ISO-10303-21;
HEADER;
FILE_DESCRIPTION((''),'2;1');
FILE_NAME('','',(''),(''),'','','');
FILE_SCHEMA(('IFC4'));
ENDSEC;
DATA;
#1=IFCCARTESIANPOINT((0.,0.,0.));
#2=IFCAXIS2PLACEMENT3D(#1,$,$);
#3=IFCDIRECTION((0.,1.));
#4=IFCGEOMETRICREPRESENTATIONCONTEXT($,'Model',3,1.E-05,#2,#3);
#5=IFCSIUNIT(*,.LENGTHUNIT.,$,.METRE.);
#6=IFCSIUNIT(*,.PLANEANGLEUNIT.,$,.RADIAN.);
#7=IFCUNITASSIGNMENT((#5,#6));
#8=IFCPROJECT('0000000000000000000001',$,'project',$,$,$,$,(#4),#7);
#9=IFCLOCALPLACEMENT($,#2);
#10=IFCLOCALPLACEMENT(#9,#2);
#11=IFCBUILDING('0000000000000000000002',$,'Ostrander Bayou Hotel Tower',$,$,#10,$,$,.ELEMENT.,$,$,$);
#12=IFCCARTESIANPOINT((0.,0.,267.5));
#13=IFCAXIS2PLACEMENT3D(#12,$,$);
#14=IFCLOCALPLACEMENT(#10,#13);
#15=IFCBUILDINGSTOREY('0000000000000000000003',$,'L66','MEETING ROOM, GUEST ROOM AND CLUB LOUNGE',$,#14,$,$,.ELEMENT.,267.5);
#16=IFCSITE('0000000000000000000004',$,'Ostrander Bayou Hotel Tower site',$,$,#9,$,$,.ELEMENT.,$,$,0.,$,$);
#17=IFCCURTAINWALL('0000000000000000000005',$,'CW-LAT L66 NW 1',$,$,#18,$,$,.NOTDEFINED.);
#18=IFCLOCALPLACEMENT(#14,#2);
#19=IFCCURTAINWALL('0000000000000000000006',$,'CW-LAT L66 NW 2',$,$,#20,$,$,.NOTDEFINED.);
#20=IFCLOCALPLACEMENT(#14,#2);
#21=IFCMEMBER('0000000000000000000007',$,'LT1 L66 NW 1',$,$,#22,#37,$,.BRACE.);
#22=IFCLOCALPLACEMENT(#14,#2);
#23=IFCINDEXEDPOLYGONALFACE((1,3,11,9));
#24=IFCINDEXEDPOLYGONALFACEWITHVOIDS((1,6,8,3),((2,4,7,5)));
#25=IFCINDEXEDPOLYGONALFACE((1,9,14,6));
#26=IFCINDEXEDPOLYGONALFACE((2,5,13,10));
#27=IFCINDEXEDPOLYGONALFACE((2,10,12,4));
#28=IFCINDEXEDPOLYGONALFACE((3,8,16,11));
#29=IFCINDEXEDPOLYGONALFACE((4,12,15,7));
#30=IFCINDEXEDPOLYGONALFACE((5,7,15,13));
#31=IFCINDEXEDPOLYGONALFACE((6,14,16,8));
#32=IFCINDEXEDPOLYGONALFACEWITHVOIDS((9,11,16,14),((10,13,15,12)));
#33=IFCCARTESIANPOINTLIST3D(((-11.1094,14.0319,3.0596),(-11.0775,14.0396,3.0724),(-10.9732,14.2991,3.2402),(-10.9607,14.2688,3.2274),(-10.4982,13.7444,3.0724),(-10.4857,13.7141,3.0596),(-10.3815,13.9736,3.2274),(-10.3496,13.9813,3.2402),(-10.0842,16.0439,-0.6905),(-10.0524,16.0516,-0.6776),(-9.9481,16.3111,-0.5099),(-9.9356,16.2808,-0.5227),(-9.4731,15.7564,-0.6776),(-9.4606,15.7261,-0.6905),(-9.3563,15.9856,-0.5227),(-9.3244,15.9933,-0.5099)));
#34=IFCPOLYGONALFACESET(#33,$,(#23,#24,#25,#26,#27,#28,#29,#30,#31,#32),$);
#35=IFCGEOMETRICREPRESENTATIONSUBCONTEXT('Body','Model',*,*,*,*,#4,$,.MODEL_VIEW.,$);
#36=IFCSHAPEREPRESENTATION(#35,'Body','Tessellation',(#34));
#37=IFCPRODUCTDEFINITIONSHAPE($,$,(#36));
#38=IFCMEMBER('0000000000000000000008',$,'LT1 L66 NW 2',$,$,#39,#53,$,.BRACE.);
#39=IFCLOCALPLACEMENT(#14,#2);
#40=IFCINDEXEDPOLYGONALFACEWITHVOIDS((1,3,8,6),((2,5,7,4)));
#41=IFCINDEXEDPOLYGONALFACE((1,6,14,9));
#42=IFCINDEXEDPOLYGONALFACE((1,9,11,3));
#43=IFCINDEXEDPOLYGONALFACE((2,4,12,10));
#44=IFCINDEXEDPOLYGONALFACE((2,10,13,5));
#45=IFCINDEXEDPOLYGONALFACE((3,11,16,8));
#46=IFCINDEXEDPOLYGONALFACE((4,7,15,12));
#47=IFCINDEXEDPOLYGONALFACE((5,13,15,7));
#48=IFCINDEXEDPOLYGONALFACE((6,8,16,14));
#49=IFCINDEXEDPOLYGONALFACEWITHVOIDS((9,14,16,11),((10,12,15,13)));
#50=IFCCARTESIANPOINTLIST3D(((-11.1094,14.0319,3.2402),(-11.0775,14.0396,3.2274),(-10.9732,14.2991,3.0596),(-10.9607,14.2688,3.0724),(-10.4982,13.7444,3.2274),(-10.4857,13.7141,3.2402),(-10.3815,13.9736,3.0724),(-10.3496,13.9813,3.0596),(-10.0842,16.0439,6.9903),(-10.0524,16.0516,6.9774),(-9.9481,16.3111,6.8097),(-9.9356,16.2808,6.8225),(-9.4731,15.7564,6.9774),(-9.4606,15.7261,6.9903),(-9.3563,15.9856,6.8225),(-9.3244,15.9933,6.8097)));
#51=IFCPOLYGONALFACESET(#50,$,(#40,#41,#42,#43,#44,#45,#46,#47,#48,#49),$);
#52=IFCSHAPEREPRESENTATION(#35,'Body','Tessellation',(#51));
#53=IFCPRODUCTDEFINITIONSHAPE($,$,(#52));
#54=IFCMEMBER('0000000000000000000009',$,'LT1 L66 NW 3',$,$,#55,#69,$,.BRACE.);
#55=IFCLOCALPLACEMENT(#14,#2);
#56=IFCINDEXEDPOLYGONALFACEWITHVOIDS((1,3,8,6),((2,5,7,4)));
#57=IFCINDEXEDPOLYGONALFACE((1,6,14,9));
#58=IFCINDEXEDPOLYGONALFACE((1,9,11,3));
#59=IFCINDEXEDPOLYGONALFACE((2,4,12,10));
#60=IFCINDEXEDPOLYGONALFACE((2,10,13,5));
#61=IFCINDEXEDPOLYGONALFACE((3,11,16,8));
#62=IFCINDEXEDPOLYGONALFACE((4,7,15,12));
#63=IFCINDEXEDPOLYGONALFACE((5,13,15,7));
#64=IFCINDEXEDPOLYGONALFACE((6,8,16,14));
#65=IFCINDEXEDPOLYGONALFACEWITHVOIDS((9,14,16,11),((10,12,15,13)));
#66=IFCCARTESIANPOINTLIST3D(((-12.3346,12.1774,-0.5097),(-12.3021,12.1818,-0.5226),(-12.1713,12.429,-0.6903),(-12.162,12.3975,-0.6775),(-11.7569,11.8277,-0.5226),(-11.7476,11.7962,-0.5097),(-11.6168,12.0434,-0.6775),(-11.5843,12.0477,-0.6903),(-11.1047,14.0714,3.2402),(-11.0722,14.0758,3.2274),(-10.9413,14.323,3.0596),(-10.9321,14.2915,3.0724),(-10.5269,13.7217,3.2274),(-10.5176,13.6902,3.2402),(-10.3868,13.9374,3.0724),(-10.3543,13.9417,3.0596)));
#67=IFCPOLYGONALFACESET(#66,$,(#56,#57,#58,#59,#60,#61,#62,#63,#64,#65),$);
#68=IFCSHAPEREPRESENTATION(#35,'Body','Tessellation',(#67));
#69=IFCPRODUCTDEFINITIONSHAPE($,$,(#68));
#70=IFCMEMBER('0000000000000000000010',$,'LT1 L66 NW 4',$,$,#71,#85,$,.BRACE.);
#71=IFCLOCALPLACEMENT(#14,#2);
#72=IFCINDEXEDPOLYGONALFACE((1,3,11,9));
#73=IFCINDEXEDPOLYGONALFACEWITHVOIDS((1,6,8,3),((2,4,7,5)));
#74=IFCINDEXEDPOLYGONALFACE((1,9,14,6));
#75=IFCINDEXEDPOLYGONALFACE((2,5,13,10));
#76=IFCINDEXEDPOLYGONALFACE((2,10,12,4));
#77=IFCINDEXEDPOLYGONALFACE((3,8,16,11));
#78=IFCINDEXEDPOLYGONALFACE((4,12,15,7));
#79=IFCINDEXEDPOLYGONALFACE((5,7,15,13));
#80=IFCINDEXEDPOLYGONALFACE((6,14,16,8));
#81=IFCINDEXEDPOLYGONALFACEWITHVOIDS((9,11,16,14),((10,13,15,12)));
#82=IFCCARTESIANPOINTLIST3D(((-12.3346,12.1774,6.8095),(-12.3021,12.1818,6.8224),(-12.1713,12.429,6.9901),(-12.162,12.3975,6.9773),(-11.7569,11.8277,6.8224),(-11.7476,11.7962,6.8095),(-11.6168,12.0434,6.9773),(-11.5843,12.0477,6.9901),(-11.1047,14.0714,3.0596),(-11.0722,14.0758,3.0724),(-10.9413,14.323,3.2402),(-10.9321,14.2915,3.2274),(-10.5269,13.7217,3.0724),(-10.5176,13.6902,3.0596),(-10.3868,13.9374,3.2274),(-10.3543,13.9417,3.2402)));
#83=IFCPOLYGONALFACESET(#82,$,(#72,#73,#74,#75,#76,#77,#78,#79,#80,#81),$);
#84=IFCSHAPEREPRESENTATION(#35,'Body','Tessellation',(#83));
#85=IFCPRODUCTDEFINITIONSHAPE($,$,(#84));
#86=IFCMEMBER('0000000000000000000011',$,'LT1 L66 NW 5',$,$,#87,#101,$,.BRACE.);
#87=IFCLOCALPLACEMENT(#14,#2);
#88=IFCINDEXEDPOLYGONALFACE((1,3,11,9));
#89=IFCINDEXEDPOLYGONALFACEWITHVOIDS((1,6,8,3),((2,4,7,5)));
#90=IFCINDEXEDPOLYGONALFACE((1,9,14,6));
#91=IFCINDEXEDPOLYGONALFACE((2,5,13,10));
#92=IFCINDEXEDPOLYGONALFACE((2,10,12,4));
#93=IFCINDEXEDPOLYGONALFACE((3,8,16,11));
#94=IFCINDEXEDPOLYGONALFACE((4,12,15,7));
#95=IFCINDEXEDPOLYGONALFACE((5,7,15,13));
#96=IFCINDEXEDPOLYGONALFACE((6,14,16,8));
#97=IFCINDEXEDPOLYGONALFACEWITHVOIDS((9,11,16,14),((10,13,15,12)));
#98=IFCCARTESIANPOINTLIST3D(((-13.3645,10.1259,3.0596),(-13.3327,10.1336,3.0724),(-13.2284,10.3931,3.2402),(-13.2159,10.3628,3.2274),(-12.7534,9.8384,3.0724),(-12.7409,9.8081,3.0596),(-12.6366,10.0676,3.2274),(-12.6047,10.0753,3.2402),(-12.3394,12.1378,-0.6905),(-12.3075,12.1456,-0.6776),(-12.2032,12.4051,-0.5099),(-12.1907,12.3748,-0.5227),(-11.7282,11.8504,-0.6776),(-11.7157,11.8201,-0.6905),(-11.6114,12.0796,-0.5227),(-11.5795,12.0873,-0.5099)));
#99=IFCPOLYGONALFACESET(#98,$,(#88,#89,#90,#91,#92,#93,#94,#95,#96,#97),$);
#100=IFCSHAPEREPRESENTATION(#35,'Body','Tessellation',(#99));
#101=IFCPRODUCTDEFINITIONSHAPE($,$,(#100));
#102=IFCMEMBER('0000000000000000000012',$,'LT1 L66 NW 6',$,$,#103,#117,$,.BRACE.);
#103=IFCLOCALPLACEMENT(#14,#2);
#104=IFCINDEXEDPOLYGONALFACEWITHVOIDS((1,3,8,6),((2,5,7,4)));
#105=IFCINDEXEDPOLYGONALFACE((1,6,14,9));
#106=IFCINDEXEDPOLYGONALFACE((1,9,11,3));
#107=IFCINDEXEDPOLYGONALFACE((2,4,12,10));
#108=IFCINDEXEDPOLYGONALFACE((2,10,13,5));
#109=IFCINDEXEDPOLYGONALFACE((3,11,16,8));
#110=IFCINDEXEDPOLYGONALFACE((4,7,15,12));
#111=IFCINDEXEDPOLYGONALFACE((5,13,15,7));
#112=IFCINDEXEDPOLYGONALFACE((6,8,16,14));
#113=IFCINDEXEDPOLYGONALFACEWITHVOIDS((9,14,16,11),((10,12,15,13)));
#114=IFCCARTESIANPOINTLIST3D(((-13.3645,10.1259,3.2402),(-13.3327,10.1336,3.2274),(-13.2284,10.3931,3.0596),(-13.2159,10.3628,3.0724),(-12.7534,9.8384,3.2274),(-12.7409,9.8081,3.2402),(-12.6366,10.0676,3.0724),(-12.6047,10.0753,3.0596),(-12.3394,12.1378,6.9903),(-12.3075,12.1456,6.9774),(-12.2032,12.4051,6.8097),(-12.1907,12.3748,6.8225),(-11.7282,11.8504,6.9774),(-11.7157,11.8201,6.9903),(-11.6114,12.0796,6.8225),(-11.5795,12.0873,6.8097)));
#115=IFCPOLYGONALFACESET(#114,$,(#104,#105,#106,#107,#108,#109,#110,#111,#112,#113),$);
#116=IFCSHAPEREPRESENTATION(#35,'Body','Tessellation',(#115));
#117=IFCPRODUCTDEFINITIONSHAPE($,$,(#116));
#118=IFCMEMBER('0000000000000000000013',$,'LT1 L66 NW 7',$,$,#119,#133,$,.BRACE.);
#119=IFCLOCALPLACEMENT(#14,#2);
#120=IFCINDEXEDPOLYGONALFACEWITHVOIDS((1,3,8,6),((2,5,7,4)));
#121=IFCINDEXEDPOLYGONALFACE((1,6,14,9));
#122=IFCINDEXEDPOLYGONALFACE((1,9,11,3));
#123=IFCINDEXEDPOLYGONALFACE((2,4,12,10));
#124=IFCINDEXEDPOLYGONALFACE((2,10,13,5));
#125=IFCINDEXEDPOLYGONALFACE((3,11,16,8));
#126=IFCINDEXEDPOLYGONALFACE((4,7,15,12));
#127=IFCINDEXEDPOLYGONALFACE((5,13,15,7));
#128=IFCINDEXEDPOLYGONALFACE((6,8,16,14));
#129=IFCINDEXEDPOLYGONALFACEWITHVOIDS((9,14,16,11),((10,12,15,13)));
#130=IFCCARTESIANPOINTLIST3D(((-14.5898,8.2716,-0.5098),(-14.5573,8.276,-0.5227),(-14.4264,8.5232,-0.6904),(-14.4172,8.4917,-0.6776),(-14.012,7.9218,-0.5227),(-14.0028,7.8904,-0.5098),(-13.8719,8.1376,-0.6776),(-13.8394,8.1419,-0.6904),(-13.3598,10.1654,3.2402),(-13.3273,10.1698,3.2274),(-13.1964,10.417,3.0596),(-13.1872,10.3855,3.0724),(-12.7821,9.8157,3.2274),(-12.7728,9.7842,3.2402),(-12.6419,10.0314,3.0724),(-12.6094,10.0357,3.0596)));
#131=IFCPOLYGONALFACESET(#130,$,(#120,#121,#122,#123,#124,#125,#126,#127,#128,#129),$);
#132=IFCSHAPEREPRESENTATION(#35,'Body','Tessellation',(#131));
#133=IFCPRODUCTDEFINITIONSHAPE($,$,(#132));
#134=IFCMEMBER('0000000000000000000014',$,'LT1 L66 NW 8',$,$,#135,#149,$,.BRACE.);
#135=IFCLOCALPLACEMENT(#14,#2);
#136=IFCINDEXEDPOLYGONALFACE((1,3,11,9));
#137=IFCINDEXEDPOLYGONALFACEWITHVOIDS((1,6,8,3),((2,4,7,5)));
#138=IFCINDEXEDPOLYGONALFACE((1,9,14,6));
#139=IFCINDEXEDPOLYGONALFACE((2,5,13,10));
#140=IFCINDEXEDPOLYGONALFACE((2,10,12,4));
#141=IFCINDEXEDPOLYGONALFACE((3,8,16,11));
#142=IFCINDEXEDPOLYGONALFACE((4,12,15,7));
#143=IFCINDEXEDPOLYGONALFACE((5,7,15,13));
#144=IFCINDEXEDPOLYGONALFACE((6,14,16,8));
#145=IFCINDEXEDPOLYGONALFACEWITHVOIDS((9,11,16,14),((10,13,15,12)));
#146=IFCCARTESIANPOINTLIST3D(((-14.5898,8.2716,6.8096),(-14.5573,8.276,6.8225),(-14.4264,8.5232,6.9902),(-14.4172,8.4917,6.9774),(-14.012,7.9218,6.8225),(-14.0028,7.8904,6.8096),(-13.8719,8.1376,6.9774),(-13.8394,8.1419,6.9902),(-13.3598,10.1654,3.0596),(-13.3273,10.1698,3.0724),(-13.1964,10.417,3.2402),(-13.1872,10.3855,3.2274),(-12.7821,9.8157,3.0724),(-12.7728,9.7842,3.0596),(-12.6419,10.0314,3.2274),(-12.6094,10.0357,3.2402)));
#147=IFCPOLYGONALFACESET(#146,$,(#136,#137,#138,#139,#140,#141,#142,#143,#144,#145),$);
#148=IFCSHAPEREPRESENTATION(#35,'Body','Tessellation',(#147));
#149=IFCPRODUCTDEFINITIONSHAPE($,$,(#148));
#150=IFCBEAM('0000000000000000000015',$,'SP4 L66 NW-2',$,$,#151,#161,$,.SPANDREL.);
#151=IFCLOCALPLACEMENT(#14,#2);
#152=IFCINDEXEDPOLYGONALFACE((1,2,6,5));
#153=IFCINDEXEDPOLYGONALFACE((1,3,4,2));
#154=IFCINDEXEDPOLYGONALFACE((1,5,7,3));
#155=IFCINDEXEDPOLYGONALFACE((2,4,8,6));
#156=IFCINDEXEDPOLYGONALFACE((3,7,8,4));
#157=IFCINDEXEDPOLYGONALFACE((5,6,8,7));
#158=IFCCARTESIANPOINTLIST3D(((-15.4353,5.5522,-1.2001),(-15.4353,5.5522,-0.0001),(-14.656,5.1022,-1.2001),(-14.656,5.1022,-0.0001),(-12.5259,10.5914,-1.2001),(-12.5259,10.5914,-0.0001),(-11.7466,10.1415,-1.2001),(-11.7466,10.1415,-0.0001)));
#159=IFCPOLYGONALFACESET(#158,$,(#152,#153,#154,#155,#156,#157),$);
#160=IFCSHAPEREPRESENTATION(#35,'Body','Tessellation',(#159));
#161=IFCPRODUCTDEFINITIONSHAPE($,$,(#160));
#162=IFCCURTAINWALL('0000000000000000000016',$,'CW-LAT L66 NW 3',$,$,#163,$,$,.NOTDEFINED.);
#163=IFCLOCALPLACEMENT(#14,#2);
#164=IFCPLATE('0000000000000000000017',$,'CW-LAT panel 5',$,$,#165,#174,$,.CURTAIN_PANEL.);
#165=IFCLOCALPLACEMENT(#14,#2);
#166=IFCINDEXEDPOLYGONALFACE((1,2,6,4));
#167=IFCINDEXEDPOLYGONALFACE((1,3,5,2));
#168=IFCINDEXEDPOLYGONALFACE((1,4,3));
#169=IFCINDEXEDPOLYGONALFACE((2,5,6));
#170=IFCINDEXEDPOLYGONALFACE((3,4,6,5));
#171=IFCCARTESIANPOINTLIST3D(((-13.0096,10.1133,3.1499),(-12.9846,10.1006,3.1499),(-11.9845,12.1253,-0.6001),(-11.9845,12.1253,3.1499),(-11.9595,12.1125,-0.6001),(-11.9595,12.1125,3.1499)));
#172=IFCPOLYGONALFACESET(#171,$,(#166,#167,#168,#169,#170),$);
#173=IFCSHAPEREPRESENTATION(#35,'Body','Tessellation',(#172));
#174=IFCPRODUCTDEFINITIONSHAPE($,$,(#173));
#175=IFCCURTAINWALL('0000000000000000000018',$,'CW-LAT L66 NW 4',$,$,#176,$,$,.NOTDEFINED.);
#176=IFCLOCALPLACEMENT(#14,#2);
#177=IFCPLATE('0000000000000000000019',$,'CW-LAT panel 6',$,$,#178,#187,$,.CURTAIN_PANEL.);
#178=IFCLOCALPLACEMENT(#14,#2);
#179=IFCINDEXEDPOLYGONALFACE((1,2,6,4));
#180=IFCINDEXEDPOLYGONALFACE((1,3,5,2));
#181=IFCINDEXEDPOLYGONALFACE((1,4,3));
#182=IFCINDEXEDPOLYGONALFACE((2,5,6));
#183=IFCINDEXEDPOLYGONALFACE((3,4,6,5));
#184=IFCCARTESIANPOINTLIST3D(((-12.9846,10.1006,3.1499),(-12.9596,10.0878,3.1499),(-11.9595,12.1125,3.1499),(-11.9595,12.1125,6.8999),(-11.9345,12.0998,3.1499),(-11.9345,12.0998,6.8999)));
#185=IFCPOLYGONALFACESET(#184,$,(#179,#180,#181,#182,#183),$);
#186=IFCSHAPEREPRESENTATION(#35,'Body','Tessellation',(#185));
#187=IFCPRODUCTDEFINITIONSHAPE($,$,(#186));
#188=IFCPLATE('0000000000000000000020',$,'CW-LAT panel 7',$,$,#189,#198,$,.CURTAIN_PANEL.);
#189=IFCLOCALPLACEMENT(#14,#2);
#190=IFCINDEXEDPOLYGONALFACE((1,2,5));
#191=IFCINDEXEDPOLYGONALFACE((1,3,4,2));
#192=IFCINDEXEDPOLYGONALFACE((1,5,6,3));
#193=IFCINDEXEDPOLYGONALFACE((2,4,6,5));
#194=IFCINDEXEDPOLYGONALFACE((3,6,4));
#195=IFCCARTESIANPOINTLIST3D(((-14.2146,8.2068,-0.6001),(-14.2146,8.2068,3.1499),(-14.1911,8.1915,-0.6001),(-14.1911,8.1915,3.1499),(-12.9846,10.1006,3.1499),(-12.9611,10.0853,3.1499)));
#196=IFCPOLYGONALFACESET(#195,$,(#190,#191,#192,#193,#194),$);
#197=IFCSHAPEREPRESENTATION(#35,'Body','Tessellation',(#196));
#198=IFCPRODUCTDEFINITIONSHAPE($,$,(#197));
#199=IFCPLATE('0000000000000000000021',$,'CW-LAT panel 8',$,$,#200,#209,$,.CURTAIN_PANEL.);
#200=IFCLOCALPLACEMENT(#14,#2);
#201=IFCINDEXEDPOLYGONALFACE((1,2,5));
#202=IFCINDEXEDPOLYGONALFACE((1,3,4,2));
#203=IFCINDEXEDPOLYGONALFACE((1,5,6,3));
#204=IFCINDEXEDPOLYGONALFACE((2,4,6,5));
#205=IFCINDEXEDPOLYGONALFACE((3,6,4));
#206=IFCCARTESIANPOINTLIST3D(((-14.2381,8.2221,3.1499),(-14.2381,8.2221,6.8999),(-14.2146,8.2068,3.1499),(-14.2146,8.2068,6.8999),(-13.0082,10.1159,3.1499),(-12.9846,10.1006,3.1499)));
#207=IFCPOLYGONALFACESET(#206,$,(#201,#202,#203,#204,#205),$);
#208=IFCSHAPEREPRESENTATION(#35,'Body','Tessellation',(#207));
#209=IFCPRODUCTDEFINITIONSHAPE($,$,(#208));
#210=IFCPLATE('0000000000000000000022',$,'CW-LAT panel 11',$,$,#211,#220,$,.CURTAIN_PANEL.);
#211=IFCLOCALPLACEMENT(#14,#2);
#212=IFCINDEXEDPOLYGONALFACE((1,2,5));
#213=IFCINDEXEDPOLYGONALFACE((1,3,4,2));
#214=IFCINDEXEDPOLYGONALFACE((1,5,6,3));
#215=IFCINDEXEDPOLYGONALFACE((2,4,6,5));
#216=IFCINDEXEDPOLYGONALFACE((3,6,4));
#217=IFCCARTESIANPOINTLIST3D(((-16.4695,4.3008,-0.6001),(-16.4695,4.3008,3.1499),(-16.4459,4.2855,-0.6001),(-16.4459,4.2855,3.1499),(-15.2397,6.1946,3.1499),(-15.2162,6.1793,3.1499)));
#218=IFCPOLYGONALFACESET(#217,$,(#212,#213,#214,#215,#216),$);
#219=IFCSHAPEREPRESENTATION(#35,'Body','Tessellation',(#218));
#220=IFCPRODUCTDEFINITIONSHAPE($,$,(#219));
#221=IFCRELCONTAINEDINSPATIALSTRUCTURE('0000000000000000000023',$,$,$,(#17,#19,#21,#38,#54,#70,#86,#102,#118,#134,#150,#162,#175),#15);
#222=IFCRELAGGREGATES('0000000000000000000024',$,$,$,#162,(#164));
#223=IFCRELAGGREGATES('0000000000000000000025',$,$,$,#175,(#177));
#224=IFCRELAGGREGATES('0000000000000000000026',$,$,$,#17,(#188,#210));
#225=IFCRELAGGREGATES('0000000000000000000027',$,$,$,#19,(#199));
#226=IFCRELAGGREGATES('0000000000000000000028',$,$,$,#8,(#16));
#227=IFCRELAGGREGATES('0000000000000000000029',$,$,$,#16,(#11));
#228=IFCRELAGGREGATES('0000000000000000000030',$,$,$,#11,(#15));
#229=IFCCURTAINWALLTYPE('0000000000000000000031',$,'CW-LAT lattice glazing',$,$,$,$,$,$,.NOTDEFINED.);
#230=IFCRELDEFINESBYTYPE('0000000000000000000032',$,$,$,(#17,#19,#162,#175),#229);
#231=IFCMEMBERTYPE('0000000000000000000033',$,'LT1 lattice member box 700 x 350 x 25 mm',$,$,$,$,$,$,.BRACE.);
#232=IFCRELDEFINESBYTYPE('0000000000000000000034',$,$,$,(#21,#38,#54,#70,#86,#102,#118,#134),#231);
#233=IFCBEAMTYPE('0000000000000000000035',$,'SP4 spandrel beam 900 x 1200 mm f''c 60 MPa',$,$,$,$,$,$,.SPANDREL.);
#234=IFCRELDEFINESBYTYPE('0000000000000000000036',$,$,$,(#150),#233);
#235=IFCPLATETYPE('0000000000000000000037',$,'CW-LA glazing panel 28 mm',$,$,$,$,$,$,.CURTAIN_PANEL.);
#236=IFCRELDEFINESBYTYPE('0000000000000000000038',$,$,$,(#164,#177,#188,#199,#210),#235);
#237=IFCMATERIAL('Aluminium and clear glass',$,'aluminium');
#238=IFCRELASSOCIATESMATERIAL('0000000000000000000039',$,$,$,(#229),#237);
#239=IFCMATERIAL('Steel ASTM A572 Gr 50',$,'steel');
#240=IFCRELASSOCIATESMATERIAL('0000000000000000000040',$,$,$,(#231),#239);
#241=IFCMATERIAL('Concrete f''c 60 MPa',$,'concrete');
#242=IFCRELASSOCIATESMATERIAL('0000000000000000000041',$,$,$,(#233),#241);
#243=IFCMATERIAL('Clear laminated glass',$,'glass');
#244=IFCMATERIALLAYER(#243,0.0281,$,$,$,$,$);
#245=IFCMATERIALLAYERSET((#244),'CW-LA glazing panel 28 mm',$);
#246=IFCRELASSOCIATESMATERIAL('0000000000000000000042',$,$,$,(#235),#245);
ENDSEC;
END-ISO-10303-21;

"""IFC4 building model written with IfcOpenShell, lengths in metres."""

from ifc_helpers import new_model, si_unit, direction, frame, origin, origin_2d, place, context, subcontext, project, spatial, polyline, rectangle, hollow_rectangle, outline, extrude, material, layer, layer_set, material_profile, profile_set, type_object, element, aggregate, save


model = new_model("IFC4")

# Units and contexts
model_context = context("Model", 3, precision=1e-05, world=origin(), true_north=direction((0.0, 1.0)))
body_context = subcontext(model_context, "Body", "Model", "MODEL_VIEW")
ifc_project = project(units=[si_unit("LENGTHUNIT", "METRE"), si_unit("PLANEANGLEUNIT", "RADIAN")], contexts=[model_context])

# Site, building, storey
site_placement = place(None, origin())
site = spatial("IfcSite", under=ifc_project, at=site_placement, Name="Ostrander Bayou Hotel Tower site", CompositionType="ELEMENT", RefElevation=0.0)
building_placement = place(site_placement, origin())
building = spatial("IfcBuilding", under=site, at=building_placement, Name="Ostrander Bayou Hotel Tower", CompositionType="ELEMENT")
storey_placement = place(building_placement, frame((0.0, 0.0, 267.5)))
storey = spatial("IfcBuildingStorey", under=building, at=storey_placement, Name="L66", Description="MEETING ROOM, GUEST ROOM AND CLUB LOUNGE", CompositionType="ELEMENT", Elevation=267.5)

# Curtain walls
ifc_material_1 = material(Name="Aluminium and clear glass", Category="aluminium")
curtain_wall_type = type_object("IfcCurtainWallType", Name="CW-LAT lattice glazing", PredefinedType="NOTDEFINED", material=ifc_material_1)
curtain_wall_1_placement = place(storey_placement, origin())
curtain_wall_1 = element("IfcCurtainWall", 1, at=curtain_wall_1_placement, inside=storey, type_object=curtain_wall_type, Name="CW-LAT L66 NW 1", PredefinedType="NOTDEFINED")
curtain_wall_2_placement = place(storey_placement, origin())
curtain_wall_2 = element("IfcCurtainWall", 2, at=curtain_wall_2_placement, inside=storey, type_object=curtain_wall_type, Name="CW-LAT L66 NW 2", PredefinedType="NOTDEFINED")

# Members
ifc_material_2 = material(Name="Steel ASTM A572 Gr 50", Category="steel")
ifc_material_profile_1 = material_profile(ifc_material_2, hollow_rectangle(XDim=0.7, YDim=0.3501, WallThickness=0.0249, at=origin_2d()))
ifc_profile_set_1 = profile_set([ifc_material_profile_1], Name="Steel ASTM A572 Gr 50")
member_type_1 = type_object("IfcMemberType", Name="LT1 lattice member box 700 x 350 x 25 mm", PredefinedType="BRACE", material=ifc_profile_set_1)
for number, where, z_axis, x_axis, name in (
    (3, (-10.7295, 14.0066, 3.1499), (0.234192, 0.459628, -0.856678), (-0.891006, 0.453991, 0.0), "LT1 L66 NW 1"),
    (4, (-10.7295, 14.0066, 3.1499), (0.234192, 0.459628, 0.856678), (-0.891006, 0.453991, 0.0), "LT1 L66 NW 2"),
    (5, (-10.7295, 14.0066, 3.1499), (-0.280976, -0.432674, -0.856648), (0.838676, -0.544631, 0.0), "LT1 L66 NW 3"),
    (6, (-10.7295, 14.0066, 3.1499), (-0.280976, -0.432674, 0.856648), (0.838676, -0.544631, 0.0), "LT1 L66 NW 4"),
    (7, (-12.9846, 10.1006, 3.1499), (0.234192, 0.459628, -0.856678), (-0.891006, 0.453991, 0.0), "LT1 L66 NW 5"),
    (8, (-12.9846, 10.1006, 3.1499), (0.234192, 0.459628, 0.856678), (-0.891006, 0.453991, 0.0), "LT1 L66 NW 6"),
    (9, (-12.9846, 10.1006, 3.1499), (-0.280983, -0.432629, -0.856669), (0.838644, -0.544681, 0.0), "LT1 L66 NW 7"),
    (10, (-12.9846, 10.1006, 3.1499), (-0.280983, -0.432629, 0.856669), (0.838644, -0.544681, 0.0), "LT1 L66 NW 8"),
):
    element("IfcMember", number, at=place(storey_placement, frame(where, z_axis=z_axis, x_axis=x_axis)), inside=storey, type_object=member_type_1, Name=name, PredefinedType="BRACE", context=body_context, shape_type="SweptSolid", body=[
        extrude(hollow_rectangle(XDim=0.7, YDim=0.3501, WallThickness=0.0249, at=origin_2d()), origin(), (0.0, 0.0, 1.0), 4.3774),
    ])

# Beam
ifc_material_3 = material(Name="Concrete f'c 60 MPa", Category="concrete")
ifc_material_profile_2 = material_profile(ifc_material_3, rectangle(XDim=0.8999, YDim=1.2, at=origin_2d()))
ifc_profile_set_2 = profile_set([ifc_material_profile_2], Name="Concrete f'c 60 MPa")
beam_type_1 = type_object("IfcBeamType", Name="SP4 spandrel beam 900 x 1200 mm f'c 60 MPa", PredefinedType="SPANDREL", material=ifc_profile_set_2)
beam_1_placement = place(storey_placement, frame((-12.1362, 10.3665, -0.6001), z_axis=(-0.499997, -0.866027, 0.0), x_axis=(0.866027, -0.499997, 0.0)))
element("IfcBeam", 11, at=beam_1_placement, inside=storey, type_object=beam_type_1, Name="SP4 L66 NW-2", PredefinedType="SPANDREL", context=body_context, shape_type="SweptSolid", body=[
    extrude(rectangle(XDim=0.8999, YDim=1.2, at=origin_2d()), origin(), (0.0, 0.0, 1.0), 5.8188),
])

# Curtain walls, plates
curtain_wall_3_placement = place(storey_placement, origin())
curtain_wall_3 = element("IfcCurtainWall", 12, at=curtain_wall_3_placement, inside=storey, type_object=curtain_wall_type, Name="CW-LAT L66 NW 3", PredefinedType="NOTDEFINED")
ifc_material_4 = material(Name="Clear laminated glass", Category="glass")
ifc_layer_1 = layer(ifc_material_4, 0.0281)
ifc_layer_set_1 = layer_set([ifc_layer_1], Name="CW-LA glazing panel 28 mm")
plate_type = type_object("IfcPlateType", Name="CW-LA glazing panel 28 mm", PredefinedType="CURTAIN_PANEL", material=ifc_layer_set_1)
plate_1_placement = place(storey_placement, frame((-12.9846, 10.1006, 3.1499), z_axis=(0.891006, -0.453991, 0.0), x_axis=(0.234192, 0.459628, -0.856678)))
plate_1 = element("IfcPlate", 13, at=plate_1_placement, type_object=plate_type, Name="CW-LAT panel 5", PredefinedType="CURTAIN_PANEL", context=body_context, shape_type="SweptSolid", body=[
    extrude(outline(polyline([(0.0, 0.0), (4.3774, 0.0), (1.1648, 1.9344), (0.0, 0.0)])), origin(), (0.0, 0.0, -1.0), 0.0281),
])
aggregate(curtain_wall_3, [plate_1])
curtain_wall_4_placement = place(storey_placement, origin())
curtain_wall_4 = element("IfcCurtainWall", 14, at=curtain_wall_4_placement, inside=storey, type_object=curtain_wall_type, Name="CW-LAT L66 NW 4", PredefinedType="NOTDEFINED")
plate_2_placement = place(storey_placement, frame((-12.9846, 10.1006, 3.1499), z_axis=(-0.891006, 0.453991, 0.0), x_axis=(0.234192, 0.459628, 0.856678)))
plate_2 = element("IfcPlate", 15, at=plate_2_placement, type_object=plate_type, Name="CW-LAT panel 6", PredefinedType="CURTAIN_PANEL", context=body_context, shape_type="SweptSolid", body=[
    extrude(outline(polyline([(0.0, 0.0), (4.3774, 0.0), (1.1648, 1.9344), (0.0, 0.0)])), origin(), (0.0, 0.0, -1.0), 0.0281),
])
aggregate(curtain_wall_4, [plate_2])

# Plates
plate_3_placement = place(storey_placement, frame((-12.9846, 10.1006, 3.1499), z_axis=(-0.838644, 0.544681, 0.0), x_axis=(-0.280983, -0.432629, -0.856669)))
plate_3 = element("IfcPlate", 16, at=plate_3_placement, type_object=plate_type, Name="CW-LAT panel 7", PredefinedType="CURTAIN_PANEL", context=body_context, shape_type="SweptSolid", body=[
    extrude(outline(polyline([(0.0, 0.0), (4.3774, 0.0), (1.1649, 1.9345), (0.0, 0.0)])), origin(), (0.0, 0.0, -1.0), 0.0281),
])
plate_4_placement = place(storey_placement, frame((-12.9846, 10.1006, 3.1499), z_axis=(0.838644, -0.544681, 0.0), x_axis=(-0.280983, -0.432629, 0.856669)))
plate_4 = element("IfcPlate", 17, at=plate_4_placement, type_object=plate_type, Name="CW-LAT panel 8", PredefinedType="CURTAIN_PANEL", context=body_context, shape_type="SweptSolid", body=[
    extrude(outline(polyline([(0.0, 0.0), (4.3774, 0.0), (1.1649, 1.9345), (0.0, 0.0)])), origin(), (0.0, 0.0, -1.0), 0.0281),
])
plate_5_placement = place(storey_placement, frame((-15.2397, 6.1946, 3.1499), z_axis=(-0.838693, 0.544604, 0.0), x_axis=(-0.280931, -0.432636, -0.856682)))
plate_5 = element("IfcPlate", 18, at=plate_5_placement, type_object=plate_type, Name="CW-LAT panel 11", PredefinedType="CURTAIN_PANEL", context=body_context, shape_type="SweptSolid", body=[
    extrude(outline(polyline([(0.0, 0.0), (4.3774, 0.0), (1.1648, 1.9344), (0.0, 0.0)])), origin(), (0.0, 0.0, -1.0), 0.0281),
])
aggregate(curtain_wall_1, [plate_3, plate_5])
aggregate(curtain_wall_2, [plate_4])

save(model, "model.ifc")
